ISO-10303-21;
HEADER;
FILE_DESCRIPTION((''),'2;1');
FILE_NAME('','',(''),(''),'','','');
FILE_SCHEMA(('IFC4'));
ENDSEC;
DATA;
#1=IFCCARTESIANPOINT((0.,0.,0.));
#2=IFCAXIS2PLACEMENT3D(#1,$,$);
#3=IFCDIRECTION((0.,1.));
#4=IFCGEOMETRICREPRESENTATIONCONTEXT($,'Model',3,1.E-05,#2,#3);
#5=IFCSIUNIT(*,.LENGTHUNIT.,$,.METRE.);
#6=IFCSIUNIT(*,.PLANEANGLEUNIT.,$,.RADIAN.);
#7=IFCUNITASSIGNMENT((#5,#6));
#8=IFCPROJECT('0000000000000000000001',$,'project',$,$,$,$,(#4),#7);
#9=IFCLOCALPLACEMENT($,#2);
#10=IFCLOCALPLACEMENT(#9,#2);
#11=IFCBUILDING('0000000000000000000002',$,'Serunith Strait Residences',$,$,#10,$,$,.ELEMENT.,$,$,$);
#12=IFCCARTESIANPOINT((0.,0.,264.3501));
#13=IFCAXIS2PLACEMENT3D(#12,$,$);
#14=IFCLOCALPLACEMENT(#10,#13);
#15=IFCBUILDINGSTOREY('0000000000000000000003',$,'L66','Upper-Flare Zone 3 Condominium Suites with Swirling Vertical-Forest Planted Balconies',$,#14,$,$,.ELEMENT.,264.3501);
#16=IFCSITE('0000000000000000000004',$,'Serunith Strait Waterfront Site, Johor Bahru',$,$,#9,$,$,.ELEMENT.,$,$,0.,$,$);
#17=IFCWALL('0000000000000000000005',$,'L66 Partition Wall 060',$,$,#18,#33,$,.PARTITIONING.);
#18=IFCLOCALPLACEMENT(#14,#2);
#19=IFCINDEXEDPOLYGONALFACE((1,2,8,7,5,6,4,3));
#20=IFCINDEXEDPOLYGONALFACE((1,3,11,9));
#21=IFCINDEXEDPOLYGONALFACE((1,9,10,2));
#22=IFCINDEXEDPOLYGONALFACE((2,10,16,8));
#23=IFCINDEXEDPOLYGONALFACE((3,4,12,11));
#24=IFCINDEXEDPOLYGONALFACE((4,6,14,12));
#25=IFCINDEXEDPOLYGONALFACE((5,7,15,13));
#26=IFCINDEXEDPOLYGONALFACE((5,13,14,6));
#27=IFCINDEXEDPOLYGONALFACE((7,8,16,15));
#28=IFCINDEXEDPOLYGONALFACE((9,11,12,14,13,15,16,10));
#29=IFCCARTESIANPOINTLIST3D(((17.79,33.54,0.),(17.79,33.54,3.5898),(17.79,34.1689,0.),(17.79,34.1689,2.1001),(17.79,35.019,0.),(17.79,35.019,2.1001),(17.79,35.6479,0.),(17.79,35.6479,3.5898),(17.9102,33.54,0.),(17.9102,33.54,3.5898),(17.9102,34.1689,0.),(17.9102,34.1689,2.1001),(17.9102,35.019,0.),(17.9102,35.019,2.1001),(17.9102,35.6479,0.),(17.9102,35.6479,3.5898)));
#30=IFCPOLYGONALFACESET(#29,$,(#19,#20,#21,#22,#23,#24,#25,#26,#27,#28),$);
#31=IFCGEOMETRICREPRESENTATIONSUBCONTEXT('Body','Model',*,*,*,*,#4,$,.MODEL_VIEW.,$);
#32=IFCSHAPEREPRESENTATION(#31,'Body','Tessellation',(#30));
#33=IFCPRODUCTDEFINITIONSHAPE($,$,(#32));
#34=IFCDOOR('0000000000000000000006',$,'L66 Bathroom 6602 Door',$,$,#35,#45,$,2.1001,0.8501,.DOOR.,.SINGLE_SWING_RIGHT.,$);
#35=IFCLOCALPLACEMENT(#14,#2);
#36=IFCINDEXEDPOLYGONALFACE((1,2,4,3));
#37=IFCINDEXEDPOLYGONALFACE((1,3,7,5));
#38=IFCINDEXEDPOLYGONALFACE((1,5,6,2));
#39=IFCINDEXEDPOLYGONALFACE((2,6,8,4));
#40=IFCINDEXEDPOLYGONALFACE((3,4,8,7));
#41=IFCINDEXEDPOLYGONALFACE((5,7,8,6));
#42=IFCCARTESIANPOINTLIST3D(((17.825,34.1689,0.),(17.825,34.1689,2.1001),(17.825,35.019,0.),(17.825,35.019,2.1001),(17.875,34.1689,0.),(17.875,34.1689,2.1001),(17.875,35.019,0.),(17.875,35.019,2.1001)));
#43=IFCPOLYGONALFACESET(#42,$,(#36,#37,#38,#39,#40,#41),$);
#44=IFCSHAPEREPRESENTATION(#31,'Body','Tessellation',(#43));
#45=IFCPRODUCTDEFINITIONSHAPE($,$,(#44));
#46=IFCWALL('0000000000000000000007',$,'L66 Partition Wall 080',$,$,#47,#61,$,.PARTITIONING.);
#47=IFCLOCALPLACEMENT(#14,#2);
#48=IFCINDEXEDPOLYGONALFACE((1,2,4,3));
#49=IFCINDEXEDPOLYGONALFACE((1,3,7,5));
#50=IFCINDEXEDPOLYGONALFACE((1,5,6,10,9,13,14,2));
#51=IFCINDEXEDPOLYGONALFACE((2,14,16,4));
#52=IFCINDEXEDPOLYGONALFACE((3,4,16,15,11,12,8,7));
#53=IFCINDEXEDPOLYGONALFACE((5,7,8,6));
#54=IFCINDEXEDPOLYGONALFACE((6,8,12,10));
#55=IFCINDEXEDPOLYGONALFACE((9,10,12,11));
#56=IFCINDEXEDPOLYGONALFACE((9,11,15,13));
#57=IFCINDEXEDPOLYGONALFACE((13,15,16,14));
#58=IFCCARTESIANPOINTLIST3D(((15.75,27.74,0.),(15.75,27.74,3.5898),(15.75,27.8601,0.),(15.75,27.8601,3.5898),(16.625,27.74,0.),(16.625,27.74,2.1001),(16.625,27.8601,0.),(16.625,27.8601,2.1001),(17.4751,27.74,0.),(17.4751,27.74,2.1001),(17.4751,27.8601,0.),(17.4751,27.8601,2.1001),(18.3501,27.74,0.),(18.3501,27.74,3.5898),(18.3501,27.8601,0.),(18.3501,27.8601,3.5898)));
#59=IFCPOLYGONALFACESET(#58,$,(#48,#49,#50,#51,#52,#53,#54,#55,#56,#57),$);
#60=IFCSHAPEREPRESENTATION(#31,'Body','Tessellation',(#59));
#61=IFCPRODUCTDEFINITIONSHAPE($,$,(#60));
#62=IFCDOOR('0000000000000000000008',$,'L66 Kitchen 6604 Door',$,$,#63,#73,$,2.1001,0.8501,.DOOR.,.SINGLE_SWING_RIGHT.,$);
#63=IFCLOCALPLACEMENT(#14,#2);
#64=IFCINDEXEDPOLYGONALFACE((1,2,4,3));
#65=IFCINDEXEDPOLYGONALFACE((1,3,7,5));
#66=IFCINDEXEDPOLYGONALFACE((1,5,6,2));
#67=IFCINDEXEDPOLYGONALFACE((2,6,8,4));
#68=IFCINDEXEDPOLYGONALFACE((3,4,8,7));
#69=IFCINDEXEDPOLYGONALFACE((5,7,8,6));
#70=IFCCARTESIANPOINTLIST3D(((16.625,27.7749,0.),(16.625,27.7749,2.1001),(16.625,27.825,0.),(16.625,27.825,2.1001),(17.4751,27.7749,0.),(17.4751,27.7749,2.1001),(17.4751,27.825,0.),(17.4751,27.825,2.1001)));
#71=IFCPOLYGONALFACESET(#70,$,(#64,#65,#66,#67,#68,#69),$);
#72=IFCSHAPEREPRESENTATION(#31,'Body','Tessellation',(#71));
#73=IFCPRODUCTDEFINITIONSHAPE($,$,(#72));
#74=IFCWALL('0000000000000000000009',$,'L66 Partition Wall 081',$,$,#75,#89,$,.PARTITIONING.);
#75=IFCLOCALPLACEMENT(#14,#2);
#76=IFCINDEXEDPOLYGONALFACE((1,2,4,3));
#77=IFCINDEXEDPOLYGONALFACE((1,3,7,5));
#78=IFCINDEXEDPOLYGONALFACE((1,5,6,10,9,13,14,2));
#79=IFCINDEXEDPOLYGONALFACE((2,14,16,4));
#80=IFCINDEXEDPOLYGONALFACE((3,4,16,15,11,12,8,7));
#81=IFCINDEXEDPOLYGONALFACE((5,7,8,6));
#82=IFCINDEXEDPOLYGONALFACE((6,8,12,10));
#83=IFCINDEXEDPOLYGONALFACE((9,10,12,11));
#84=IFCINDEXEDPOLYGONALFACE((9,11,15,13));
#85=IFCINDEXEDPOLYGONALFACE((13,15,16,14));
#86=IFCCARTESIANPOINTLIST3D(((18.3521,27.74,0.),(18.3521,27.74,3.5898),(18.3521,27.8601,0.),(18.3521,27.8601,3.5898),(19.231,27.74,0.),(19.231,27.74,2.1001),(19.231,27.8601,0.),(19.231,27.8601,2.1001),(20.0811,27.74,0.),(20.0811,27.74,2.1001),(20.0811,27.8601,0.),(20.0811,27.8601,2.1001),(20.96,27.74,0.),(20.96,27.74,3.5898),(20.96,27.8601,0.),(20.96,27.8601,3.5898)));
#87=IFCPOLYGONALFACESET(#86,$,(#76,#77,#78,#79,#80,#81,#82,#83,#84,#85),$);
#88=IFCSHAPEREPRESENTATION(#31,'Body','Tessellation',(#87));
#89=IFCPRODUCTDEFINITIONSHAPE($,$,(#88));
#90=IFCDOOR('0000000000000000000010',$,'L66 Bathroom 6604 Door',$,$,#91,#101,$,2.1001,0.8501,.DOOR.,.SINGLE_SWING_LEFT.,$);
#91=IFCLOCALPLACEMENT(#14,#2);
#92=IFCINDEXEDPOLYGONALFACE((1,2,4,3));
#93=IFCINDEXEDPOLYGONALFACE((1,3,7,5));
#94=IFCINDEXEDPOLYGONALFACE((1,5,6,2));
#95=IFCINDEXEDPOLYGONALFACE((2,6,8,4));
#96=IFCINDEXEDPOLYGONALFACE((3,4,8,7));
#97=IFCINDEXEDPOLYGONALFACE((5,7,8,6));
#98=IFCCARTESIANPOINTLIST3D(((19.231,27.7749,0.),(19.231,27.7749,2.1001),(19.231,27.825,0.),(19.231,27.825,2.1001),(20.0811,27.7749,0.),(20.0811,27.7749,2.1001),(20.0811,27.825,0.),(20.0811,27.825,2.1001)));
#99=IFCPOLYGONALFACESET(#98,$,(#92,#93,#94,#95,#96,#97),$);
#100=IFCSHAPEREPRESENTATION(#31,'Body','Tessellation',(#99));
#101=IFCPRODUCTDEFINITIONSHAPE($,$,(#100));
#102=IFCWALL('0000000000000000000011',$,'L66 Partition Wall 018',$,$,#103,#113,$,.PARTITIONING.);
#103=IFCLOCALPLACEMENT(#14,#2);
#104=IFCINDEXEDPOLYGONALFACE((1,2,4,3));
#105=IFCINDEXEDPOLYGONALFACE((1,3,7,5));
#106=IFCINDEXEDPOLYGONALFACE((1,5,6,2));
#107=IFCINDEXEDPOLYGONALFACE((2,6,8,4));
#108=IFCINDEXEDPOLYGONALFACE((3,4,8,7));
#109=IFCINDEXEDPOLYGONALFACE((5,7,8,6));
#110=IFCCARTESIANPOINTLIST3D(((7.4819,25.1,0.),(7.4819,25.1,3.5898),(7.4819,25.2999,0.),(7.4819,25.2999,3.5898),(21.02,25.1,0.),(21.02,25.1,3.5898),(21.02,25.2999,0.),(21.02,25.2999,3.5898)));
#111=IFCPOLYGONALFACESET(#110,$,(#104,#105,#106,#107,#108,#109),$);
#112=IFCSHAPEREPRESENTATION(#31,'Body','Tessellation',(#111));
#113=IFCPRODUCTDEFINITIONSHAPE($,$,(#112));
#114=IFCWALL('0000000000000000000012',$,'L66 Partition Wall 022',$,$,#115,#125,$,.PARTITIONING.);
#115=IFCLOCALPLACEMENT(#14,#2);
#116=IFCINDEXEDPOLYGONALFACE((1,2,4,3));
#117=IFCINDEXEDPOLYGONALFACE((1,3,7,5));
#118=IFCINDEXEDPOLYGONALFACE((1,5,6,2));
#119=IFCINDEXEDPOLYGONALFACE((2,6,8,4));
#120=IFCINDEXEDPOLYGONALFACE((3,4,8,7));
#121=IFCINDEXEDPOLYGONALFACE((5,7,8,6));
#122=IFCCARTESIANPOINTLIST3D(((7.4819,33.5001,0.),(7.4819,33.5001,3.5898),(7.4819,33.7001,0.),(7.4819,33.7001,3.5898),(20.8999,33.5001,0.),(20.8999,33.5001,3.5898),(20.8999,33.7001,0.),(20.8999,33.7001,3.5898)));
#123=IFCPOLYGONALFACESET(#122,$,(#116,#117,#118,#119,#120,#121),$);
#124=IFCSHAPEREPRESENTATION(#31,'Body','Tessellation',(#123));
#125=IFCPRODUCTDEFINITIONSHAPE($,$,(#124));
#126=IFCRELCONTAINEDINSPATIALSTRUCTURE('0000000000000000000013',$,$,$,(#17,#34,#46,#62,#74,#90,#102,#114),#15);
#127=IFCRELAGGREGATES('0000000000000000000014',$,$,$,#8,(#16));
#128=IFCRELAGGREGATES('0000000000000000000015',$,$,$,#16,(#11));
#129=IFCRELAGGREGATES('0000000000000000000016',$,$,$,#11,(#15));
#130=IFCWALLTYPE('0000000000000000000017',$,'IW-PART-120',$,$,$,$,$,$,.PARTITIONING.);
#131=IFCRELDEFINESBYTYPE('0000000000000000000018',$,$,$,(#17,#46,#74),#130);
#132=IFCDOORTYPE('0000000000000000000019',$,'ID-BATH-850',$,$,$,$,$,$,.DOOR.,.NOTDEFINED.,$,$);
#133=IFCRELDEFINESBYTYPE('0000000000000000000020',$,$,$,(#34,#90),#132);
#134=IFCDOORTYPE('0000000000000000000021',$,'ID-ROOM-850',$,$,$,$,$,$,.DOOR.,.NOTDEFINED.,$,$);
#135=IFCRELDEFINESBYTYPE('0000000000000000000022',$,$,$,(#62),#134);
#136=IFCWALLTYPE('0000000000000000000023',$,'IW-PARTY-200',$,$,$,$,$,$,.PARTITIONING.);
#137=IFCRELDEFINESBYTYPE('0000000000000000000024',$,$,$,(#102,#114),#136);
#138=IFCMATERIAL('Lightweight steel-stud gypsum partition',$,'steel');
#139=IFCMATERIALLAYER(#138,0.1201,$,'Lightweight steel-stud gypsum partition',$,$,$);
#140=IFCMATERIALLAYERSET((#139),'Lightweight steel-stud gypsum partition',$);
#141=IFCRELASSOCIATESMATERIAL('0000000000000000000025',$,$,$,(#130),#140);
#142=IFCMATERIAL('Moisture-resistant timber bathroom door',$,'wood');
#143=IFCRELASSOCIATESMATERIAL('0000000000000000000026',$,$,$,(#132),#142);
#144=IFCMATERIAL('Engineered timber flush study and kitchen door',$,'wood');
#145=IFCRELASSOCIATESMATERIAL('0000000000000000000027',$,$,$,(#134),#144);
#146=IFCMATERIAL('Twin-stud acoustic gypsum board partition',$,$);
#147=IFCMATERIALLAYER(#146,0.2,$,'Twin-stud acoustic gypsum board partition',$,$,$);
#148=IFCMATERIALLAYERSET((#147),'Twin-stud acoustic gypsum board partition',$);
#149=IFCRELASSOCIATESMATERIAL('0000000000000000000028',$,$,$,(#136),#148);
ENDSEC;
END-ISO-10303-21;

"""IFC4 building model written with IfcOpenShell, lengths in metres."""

from ifc_helpers import new_model, si_unit, direction, frame, frame_2d, origin, place, context, subcontext, project, spatial, rectangle, extrude, source, transform, mapped, material, layer, layer_set, type_object, element, fill, save


model = new_model("IFC4")

# Units and contexts
model_context = context("Model", 3, precision=1e-05, world=origin(), true_north=direction((0.0, 1.0)))
body_context = subcontext(model_context, "Body", "Model", "MODEL_VIEW")
ifc_project = project(units=[si_unit("LENGTHUNIT", "METRE"), si_unit("PLANEANGLEUNIT", "RADIAN")], contexts=[model_context])

# Site, building, storey
site_placement = place(None, origin())
site = spatial("IfcSite", under=ifc_project, at=site_placement, Name="Serunith Strait Waterfront Site, Johor Bahru", CompositionType="ELEMENT", RefElevation=0.0)
building_placement = place(site_placement, origin())
building = spatial("IfcBuilding", under=site, at=building_placement, Name="Serunith Strait Residences", CompositionType="ELEMENT")
storey_placement = place(building_placement, frame((0.0, 0.0, 264.3501)))
storey = spatial("IfcBuildingStorey", under=building, at=storey_placement, Name="L66", Description="Upper-Flare Zone 3 Condominium Suites with Swirling Vertical-Forest Planted Balconies", CompositionType="ELEMENT", Elevation=264.3501)

# Shared definitions
ifc_material_1 = material(Name="Lightweight steel-stud gypsum partition", Category="steel")
ifc_layer_1 = layer(ifc_material_1, 0.1201, Name="Lightweight steel-stud gypsum partition")
ifc_layer_set_1 = layer_set([ifc_layer_1], Name="Lightweight steel-stud gypsum partition")
wall_type_1 = type_object("IfcWallType", Name="IW-PART-120", PredefinedType="PARTITIONING", material=ifc_layer_set_1)

# Walls, openings, doors
wall_1_placement = place(storey_placement, frame((17.8501, 35.6479, 0.0), z_axis=(0.0, 0.0, 1.0), x_axis=(0.0, -1.0, 0.0)))
wall_1 = element("IfcWall", 1, at=wall_1_placement, inside=storey, type_object=wall_type_1, Name="L66 Partition Wall 060", PredefinedType="PARTITIONING", context=body_context, shape_type="SweptSolid", body=[
    extrude(rectangle(XDim=2.1079, YDim=0.1201, at=frame_2d((1.054, 0.0))), origin(), (0.0, 0.0, 1.0), 3.5898),
])
opening_1_placement = place(wall_1_placement, frame((0.6289, 0.0, 0.0)))
opening_1 = element("IfcOpeningElement", 2, at=opening_1_placement, cuts=wall_1, PredefinedType="OPENING", context=body_context, shape_type="SweptSolid", body=[
    extrude(rectangle(XDim=0.8501, YDim=2.1001, at=frame_2d((0.425, 1.05))), frame((0.0, 0.0701, 0.0), z_axis=(0.0, -1.0, 0.0), x_axis=(1.0, 0.0, 0.0)), (0.0, 0.0, 1.0), 0.1401),
])
ifc_material_2 = material(Name="Moisture-resistant timber bathroom door", Category="wood")
door_type_1 = type_object("IfcDoorType", Name="ID-BATH-850", OperationType="NOTDEFINED", PredefinedType="DOOR", material=ifc_material_2)
shared_shape_1 = source(origin(), body_context, "Body", "SweptSolid", [
    extrude(rectangle(XDim=0.8501, YDim=2.1001, at=frame_2d((0.425, 1.05))), frame((0.0, 0.0249, 0.0), z_axis=(0.0, -1.0, 0.0), x_axis=(1.0, 0.0, 0.0)), (0.0, 0.0, 1.0), 0.05),
])
door_1_placement = place(opening_1_placement, origin())
door_1 = element("IfcDoor", 3, at=door_1_placement, inside=storey, type_object=door_type_1, Name="L66 Bathroom 6602 Door", OperationType="SINGLE_SWING_RIGHT", OverallHeight=2.1001, OverallWidth=0.8501, PredefinedType="DOOR", context=body_context, shape_type="MappedRepresentation", body=[
    mapped(shared_shape_1, transform((0.0, 0.0, 0.0), scale=1.0)),
])
fill(opening_1, door_1)
wall_2_placement = place(storey_placement, frame((15.75, 27.8, 0.0), z_axis=(0.0, 0.0, 1.0), x_axis=(1.0, 0.0, 0.0)))
wall_2 = element("IfcWall", 4, at=wall_2_placement, inside=storey, type_object=wall_type_1, Name="L66 Partition Wall 080", PredefinedType="PARTITIONING", context=body_context, shape_type="SweptSolid", body=[
    extrude(rectangle(XDim=2.6001, YDim=0.1201, at=frame_2d((1.3, 0.0))), origin(), (0.0, 0.0, 1.0), 3.5898),
])
opening_2_placement = place(wall_2_placement, frame((0.875, 0.0, 0.0)))
opening_2 = element("IfcOpeningElement", 5, at=opening_2_placement, cuts=wall_2, PredefinedType="OPENING", context=body_context, shape_type="SweptSolid", body=[
    extrude(rectangle(XDim=0.8501, YDim=2.1001, at=frame_2d((0.425, 1.05))), frame((0.0, 0.0701, 0.0), z_axis=(0.0, -1.0, 0.0), x_axis=(1.0, 0.0, 0.0)), (0.0, 0.0, 1.0), 0.1401),
])
ifc_material_3 = material(Name="Engineered timber flush study and kitchen door", Category="wood")
door_type_2 = type_object("IfcDoorType", Name="ID-ROOM-850", OperationType="NOTDEFINED", PredefinedType="DOOR", material=ifc_material_3)
door_2_placement = place(opening_2_placement, origin())
door_2 = element("IfcDoor", 6, at=door_2_placement, inside=storey, type_object=door_type_2, Name="L66 Kitchen 6604 Door", OperationType="SINGLE_SWING_RIGHT", OverallHeight=2.1001, OverallWidth=0.8501, PredefinedType="DOOR", context=body_context, shape_type="MappedRepresentation", body=[
    mapped(shared_shape_1, transform((0.0, 0.0, 0.0), scale=1.0)),
])
fill(opening_2, door_2)
wall_3_placement = place(storey_placement, frame((18.3521, 27.8, 0.0), z_axis=(0.0, 0.0, 1.0), x_axis=(1.0, 0.0, 0.0)))
wall_3 = element("IfcWall", 7, at=wall_3_placement, inside=storey, type_object=wall_type_1, Name="L66 Partition Wall 081", PredefinedType="PARTITIONING", context=body_context, shape_type="SweptSolid", body=[
    extrude(rectangle(XDim=2.6079, YDim=0.1201, at=frame_2d((1.304, 0.0))), origin(), (0.0, 0.0, 1.0), 3.5898),
])
opening_3_placement = place(wall_3_placement, frame((0.8789, 0.0, 0.0)))
opening_3 = element("IfcOpeningElement", 8, at=opening_3_placement, cuts=wall_3, PredefinedType="OPENING", context=body_context, shape_type="SweptSolid", body=[
    extrude(rectangle(XDim=0.8501, YDim=2.1001, at=frame_2d((0.425, 1.05))), frame((0.0, 0.0701, 0.0), z_axis=(0.0, -1.0, 0.0), x_axis=(1.0, 0.0, 0.0)), (0.0, 0.0, 1.0), 0.1401),
])
door_3_placement = place(opening_3_placement, origin())
door_3 = element("IfcDoor", 9, at=door_3_placement, inside=storey, type_object=door_type_1, Name="L66 Bathroom 6604 Door", OperationType="SINGLE_SWING_LEFT", OverallHeight=2.1001, OverallWidth=0.8501, PredefinedType="DOOR", context=body_context, shape_type="MappedRepresentation", body=[
    mapped(shared_shape_1, transform((0.0, 0.0, 0.0), scale=1.0)),
])
fill(opening_3, door_3)

# Walls
ifc_material_4 = material(Name="Twin-stud acoustic gypsum board partition")
ifc_layer_2 = layer(ifc_material_4, 0.2, Name="Twin-stud acoustic gypsum board partition")
ifc_layer_set_2 = layer_set([ifc_layer_2], Name="Twin-stud acoustic gypsum board partition")
wall_type_2 = type_object("IfcWallType", Name="IW-PARTY-200", PredefinedType="PARTITIONING", material=ifc_layer_set_2)
wall_4_placement = place(storey_placement, frame((7.4819, 25.2, 0.0), z_axis=(0.0, 0.0, 1.0), x_axis=(1.0, 0.0, 0.0)))
element("IfcWall", 10, at=wall_4_placement, inside=storey, type_object=wall_type_2, Name="L66 Partition Wall 018", PredefinedType="PARTITIONING", context=body_context, shape_type="SweptSolid", body=[
    extrude(rectangle(XDim=13.5381, YDim=0.2, at=frame_2d((6.769, 0.0))), origin(), (0.0, 0.0, 1.0), 3.5898),
])
wall_5_placement = place(storey_placement, frame((7.4819, 33.6001, 0.0), z_axis=(0.0, 0.0, 1.0), x_axis=(1.0, 0.0, 0.0)))
element("IfcWall", 11, at=wall_5_placement, inside=storey, type_object=wall_type_2, Name="L66 Partition Wall 022", PredefinedType="PARTITIONING", context=body_context, shape_type="SweptSolid", body=[
    extrude(rectangle(XDim=13.418, YDim=0.2, at=frame_2d((6.709, 0.0))), origin(), (0.0, 0.0, 1.0), 3.5898),
])

save(model, "model.ifc")
